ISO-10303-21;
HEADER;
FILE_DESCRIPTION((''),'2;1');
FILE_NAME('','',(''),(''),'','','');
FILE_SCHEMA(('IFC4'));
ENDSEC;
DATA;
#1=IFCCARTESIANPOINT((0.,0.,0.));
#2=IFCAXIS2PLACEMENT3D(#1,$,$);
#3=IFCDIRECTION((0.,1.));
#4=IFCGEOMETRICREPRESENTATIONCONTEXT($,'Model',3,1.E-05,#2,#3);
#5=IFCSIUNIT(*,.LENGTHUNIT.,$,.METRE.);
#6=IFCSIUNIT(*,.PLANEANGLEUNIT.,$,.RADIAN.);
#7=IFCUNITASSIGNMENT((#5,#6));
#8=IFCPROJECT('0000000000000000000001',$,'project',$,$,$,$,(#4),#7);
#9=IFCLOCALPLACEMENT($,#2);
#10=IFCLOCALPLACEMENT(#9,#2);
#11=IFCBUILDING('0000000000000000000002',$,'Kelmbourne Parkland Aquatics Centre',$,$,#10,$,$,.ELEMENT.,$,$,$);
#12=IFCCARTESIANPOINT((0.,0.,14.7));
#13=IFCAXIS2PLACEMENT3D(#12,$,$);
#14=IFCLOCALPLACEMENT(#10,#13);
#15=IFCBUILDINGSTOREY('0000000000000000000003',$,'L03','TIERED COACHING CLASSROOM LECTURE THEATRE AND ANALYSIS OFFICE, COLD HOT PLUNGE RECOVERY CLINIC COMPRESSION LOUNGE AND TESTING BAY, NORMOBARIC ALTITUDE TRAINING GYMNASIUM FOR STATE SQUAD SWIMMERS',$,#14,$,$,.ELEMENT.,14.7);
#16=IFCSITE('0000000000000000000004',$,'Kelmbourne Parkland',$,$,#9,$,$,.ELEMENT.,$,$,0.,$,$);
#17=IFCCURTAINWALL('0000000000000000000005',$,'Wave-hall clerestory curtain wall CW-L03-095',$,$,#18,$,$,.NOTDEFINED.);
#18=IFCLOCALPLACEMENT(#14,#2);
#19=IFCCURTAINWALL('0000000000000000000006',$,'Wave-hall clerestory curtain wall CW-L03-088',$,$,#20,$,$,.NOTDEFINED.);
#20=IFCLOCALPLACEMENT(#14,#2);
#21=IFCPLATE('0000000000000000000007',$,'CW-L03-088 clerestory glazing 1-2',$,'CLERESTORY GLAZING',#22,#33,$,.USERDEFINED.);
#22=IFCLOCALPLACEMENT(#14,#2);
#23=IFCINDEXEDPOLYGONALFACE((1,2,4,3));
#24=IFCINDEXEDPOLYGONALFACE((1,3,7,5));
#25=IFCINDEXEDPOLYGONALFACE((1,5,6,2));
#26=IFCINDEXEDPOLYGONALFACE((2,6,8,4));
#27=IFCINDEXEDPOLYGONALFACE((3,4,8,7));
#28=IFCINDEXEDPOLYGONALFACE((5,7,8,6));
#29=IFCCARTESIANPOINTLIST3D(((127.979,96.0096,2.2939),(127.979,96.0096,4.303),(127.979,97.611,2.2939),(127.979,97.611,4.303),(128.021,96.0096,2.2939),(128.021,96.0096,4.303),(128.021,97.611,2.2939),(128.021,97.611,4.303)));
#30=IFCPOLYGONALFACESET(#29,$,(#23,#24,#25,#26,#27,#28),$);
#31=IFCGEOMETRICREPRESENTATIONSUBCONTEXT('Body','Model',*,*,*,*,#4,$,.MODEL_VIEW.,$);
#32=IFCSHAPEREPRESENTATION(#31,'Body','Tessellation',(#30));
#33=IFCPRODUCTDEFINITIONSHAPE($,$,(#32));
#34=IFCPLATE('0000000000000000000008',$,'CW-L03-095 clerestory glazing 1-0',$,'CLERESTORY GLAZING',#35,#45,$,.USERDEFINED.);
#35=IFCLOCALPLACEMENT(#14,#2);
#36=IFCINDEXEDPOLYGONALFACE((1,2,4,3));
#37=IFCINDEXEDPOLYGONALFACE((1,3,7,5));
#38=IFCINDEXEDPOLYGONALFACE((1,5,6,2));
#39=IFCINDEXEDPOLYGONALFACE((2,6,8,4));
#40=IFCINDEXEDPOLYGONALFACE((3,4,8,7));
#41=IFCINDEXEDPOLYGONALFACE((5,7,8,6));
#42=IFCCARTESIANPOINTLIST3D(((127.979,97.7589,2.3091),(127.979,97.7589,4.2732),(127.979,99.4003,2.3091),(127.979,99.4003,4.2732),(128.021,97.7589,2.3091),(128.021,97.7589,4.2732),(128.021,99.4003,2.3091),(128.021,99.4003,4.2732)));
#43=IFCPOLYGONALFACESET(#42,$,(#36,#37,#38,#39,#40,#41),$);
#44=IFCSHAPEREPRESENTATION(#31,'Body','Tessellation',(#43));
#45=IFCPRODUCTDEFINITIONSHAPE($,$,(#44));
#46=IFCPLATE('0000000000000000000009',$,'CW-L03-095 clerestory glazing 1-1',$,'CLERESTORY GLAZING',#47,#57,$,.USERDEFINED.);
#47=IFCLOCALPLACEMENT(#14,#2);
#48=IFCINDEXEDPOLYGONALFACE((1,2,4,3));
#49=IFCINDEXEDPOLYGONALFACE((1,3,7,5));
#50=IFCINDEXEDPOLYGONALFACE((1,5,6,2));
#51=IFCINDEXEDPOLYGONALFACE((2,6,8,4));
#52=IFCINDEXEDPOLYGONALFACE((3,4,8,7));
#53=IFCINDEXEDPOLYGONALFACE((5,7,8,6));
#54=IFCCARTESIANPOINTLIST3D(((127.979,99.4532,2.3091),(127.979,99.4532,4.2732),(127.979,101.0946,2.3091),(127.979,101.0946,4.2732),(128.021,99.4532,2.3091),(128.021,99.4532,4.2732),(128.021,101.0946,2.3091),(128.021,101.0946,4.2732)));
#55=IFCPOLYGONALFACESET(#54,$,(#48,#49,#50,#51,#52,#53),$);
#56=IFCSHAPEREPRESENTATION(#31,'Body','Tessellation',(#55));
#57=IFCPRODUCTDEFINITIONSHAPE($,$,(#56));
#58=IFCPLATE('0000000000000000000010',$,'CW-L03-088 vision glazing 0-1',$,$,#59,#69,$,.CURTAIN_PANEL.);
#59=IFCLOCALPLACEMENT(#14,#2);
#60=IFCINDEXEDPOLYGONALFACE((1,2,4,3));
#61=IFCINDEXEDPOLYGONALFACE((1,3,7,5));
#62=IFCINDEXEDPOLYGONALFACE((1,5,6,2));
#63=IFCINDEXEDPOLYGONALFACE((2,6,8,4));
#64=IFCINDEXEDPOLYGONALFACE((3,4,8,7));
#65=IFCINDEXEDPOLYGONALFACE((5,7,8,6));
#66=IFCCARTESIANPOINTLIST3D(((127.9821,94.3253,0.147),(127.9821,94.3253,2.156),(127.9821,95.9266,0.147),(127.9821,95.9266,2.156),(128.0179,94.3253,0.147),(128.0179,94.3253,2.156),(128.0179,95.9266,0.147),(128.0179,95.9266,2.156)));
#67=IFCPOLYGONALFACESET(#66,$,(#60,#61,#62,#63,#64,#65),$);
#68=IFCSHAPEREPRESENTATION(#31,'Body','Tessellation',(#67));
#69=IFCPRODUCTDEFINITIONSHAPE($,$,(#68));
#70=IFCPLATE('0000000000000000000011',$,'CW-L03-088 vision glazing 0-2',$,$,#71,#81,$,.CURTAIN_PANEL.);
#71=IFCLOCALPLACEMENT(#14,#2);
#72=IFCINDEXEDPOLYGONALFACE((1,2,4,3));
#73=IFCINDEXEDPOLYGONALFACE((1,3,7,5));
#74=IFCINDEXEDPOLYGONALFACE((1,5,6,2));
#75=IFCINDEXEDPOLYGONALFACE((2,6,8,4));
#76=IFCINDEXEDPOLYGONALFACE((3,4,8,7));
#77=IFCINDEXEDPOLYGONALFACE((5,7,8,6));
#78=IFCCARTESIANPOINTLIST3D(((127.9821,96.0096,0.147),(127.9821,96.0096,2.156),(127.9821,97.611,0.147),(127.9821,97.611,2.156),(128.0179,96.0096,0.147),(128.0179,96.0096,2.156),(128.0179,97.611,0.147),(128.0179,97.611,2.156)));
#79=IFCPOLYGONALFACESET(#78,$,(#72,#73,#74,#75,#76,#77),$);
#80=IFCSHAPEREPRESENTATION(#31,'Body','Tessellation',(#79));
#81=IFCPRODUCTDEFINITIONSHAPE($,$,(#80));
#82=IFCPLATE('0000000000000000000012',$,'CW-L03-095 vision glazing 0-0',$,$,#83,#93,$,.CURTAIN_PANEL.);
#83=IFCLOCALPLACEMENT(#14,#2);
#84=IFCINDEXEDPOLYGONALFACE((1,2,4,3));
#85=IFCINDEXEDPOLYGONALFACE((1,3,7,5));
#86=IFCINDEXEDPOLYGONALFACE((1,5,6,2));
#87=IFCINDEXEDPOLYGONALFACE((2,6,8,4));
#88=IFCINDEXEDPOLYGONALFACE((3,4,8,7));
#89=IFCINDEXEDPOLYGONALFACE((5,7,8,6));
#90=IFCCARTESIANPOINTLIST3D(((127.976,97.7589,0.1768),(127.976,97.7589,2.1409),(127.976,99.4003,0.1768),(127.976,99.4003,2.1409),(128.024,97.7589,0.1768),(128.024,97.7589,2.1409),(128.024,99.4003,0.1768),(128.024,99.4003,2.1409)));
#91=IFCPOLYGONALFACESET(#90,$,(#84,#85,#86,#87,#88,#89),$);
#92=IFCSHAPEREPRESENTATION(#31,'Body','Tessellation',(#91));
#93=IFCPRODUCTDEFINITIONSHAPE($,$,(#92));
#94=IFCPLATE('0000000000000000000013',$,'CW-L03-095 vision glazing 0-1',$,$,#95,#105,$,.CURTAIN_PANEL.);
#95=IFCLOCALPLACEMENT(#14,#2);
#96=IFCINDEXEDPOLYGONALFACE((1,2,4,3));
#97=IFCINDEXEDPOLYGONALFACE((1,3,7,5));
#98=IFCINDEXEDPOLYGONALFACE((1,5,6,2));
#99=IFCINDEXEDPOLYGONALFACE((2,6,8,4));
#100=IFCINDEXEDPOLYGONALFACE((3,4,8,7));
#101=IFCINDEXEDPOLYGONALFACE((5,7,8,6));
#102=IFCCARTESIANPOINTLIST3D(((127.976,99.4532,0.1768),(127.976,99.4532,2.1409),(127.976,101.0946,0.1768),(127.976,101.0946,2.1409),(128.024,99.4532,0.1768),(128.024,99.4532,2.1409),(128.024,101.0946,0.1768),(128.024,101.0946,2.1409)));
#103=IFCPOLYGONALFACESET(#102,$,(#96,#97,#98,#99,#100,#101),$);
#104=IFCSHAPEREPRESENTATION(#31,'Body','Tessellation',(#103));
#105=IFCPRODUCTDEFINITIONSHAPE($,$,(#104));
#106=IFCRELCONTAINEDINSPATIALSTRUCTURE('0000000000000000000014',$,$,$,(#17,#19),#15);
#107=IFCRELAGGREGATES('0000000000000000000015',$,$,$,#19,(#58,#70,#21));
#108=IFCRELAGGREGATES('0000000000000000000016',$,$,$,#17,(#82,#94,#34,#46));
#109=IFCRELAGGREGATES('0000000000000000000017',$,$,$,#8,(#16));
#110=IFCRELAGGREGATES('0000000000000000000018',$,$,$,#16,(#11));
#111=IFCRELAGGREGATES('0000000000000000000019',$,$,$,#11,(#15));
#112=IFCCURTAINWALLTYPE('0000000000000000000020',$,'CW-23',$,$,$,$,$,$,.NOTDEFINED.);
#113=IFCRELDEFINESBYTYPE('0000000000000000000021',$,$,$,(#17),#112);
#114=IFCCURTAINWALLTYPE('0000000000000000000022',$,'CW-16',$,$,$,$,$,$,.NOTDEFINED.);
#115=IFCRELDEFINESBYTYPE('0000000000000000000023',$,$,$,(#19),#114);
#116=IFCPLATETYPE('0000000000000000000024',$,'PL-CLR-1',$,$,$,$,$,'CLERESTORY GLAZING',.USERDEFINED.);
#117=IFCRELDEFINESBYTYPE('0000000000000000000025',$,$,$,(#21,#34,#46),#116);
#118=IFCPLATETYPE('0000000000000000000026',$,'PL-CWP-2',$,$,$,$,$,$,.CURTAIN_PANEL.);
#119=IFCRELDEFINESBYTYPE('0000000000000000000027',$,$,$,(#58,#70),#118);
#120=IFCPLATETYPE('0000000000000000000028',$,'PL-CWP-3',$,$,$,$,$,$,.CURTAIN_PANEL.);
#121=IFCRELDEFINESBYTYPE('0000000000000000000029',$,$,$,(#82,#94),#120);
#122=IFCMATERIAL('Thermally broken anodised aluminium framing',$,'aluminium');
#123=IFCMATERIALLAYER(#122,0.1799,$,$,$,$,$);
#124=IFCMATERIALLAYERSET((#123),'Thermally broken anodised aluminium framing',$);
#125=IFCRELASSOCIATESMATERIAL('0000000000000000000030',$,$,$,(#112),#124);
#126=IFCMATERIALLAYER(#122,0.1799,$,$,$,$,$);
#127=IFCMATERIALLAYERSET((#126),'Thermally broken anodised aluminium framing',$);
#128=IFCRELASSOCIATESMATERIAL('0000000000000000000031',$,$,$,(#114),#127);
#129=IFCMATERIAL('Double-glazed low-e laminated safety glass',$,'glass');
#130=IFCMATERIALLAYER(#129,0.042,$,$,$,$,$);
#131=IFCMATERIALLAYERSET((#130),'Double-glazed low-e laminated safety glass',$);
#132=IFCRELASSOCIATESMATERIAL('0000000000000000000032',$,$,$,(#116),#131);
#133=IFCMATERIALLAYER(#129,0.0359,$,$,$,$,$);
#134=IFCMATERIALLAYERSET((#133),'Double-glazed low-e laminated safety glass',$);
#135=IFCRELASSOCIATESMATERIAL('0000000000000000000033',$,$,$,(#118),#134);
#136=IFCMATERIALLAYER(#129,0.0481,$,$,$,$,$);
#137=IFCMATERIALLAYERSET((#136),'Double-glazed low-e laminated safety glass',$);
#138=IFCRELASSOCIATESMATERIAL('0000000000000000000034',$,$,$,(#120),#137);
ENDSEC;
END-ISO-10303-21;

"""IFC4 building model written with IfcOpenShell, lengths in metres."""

from ifc_helpers import new_model, si_unit, direction, frame, origin, origin_2d, place, context, subcontext, project, spatial, rectangle, extrude, material, layer, layer_set, type_object, element, aggregate, save


model = new_model("IFC4")

# Units and contexts
model_context = context("Model", 3, precision=1e-05, world=origin(), true_north=direction((0.0, 1.0)))
body_context = subcontext(model_context, "Body", "Model", "MODEL_VIEW")
ifc_project = project(units=[si_unit("LENGTHUNIT", "METRE"), si_unit("PLANEANGLEUNIT", "RADIAN")], contexts=[model_context])

# Site, building, storey
site_placement = place(None, origin())
site = spatial("IfcSite", under=ifc_project, at=site_placement, Name="Kelmbourne Parkland", CompositionType="ELEMENT", RefElevation=0.0)
building_placement = place(site_placement, origin())
building = spatial("IfcBuilding", under=site, at=building_placement, Name="Kelmbourne Parkland Aquatics Centre", CompositionType="ELEMENT")
storey_placement = place(building_placement, frame((0.0, 0.0, 14.7)))
storey = spatial("IfcBuildingStorey", under=building, at=storey_placement, Name="L03", Description="TIERED COACHING CLASSROOM LECTURE THEATRE AND ANALYSIS OFFICE, COLD HOT PLUNGE RECOVERY CLINIC COMPRESSION LOUNGE AND TESTING BAY, NORMOBARIC ALTITUDE TRAINING GYMNASIUM FOR STATE SQUAD SWIMMERS", CompositionType="ELEMENT", Elevation=14.7)

# Curtain wall
ifc_material_1 = material(Name="Thermally broken anodised aluminium framing", Category="aluminium")
ifc_layer_1 = layer(ifc_material_1, 0.1799)
ifc_layer_set_1 = layer_set([ifc_layer_1], Name="Thermally broken anodised aluminium framing")
curtain_wall_type_1 = type_object("IfcCurtainWallType", Name="CW-23", PredefinedType="NOTDEFINED", material=ifc_layer_set_1)
curtain_wall_1_placement = place(storey_placement, origin())
curtain_wall_1 = element("IfcCurtainWall", 1, at=curtain_wall_1_placement, inside=storey, type_object=curtain_wall_type_1, Name="Wave-hall clerestory curtain wall CW-L03-095", PredefinedType="NOTDEFINED")

# Curtain wall, plate
ifc_layer_2 = layer(ifc_material_1, 0.1799)
ifc_layer_set_2 = layer_set([ifc_layer_2], Name="Thermally broken anodised aluminium framing")
curtain_wall_type_2 = type_object("IfcCurtainWallType", Name="CW-16", PredefinedType="NOTDEFINED", material=ifc_layer_set_2)
curtain_wall_2_placement = place(storey_placement, origin())
curtain_wall_2 = element("IfcCurtainWall", 2, at=curtain_wall_2_placement, inside=storey, type_object=curtain_wall_type_2, Name="Wave-hall clerestory curtain wall CW-L03-088", PredefinedType="NOTDEFINED")
ifc_material_2 = material(Name="Double-glazed low-e laminated safety glass", Category="glass")
ifc_layer_3 = layer(ifc_material_2, 0.042)
ifc_layer_set_3 = layer_set([ifc_layer_3], Name="Double-glazed low-e laminated safety glass")
plate_type_1 = type_object("IfcPlateType", Name="PL-CLR-1", ElementType="CLERESTORY GLAZING", PredefinedType="USERDEFINED", material=ifc_layer_set_3)
plate_1_placement = place(storey_placement, frame((128.0, 96.8103, 2.2939), z_axis=(0.0, 0.0, 1.0), x_axis=(0.0, 1.0, 0.0)))
plate_1 = element("IfcPlate", 3, at=plate_1_placement, type_object=plate_type_1, Name="CW-L03-088 clerestory glazing 1-2", ObjectType="CLERESTORY GLAZING", PredefinedType="USERDEFINED", context=body_context, shape_type="SweptSolid", body=[
    extrude(rectangle(XDim=1.6013, YDim=0.042, at=origin_2d()), origin(), (0.0, 0.0, 1.0), 2.009),
])

# Plates
plate_2_placement = place(storey_placement, frame((128.0, 98.5796, 2.3091), z_axis=(0.0, 0.0, 1.0), x_axis=(0.0, 1.0, 0.0)))
plate_2 = element("IfcPlate", 4, at=plate_2_placement, type_object=plate_type_1, Name="CW-L03-095 clerestory glazing 1-0", ObjectType="CLERESTORY GLAZING", PredefinedType="USERDEFINED", context=body_context, shape_type="SweptSolid", body=[
    extrude(rectangle(XDim=1.6414, YDim=0.042, at=origin_2d()), origin(), (0.0, 0.0, 1.0), 1.9641),
])
plate_3_placement = place(storey_placement, frame((128.0, 100.2739, 2.3091), z_axis=(0.0, 0.0, 1.0), x_axis=(0.0, 1.0, 0.0)))
plate_3 = element("IfcPlate", 5, at=plate_3_placement, type_object=plate_type_1, Name="CW-L03-095 clerestory glazing 1-1", ObjectType="CLERESTORY GLAZING", PredefinedType="USERDEFINED", context=body_context, shape_type="SweptSolid", body=[
    extrude(rectangle(XDim=1.6414, YDim=0.042, at=origin_2d()), origin(), (0.0, 0.0, 1.0), 1.9641),
])
ifc_layer_4 = layer(ifc_material_2, 0.0359)
ifc_layer_set_4 = layer_set([ifc_layer_4], Name="Double-glazed low-e laminated safety glass")
plate_type_2 = type_object("IfcPlateType", Name="PL-CWP-2", PredefinedType="CURTAIN_PANEL", material=ifc_layer_set_4)
plate_4_placement = place(storey_placement, frame((128.0, 95.126, 0.147), z_axis=(0.0, 0.0, 1.0), x_axis=(0.0, 1.0, 0.0)))
plate_4 = element("IfcPlate", 6, at=plate_4_placement, type_object=plate_type_2, Name="CW-L03-088 vision glazing 0-1", PredefinedType="CURTAIN_PANEL", context=body_context, shape_type="SweptSolid", body=[
    extrude(rectangle(XDim=1.6013, YDim=0.0359, at=origin_2d()), origin(), (0.0, 0.0, 1.0), 2.009),
])
plate_5_placement = place(storey_placement, frame((128.0, 96.8103, 0.147), z_axis=(0.0, 0.0, 1.0), x_axis=(0.0, 1.0, 0.0)))
plate_5 = element("IfcPlate", 7, at=plate_5_placement, type_object=plate_type_2, Name="CW-L03-088 vision glazing 0-2", PredefinedType="CURTAIN_PANEL", context=body_context, shape_type="SweptSolid", body=[
    extrude(rectangle(XDim=1.6013, YDim=0.0359, at=origin_2d()), origin(), (0.0, 0.0, 1.0), 2.009),
])
aggregate(curtain_wall_2, [plate_4, plate_5, plate_1])
ifc_layer_5 = layer(ifc_material_2, 0.0481)
ifc_layer_set_5 = layer_set([ifc_layer_5], Name="Double-glazed low-e laminated safety glass")
plate_type_3 = type_object("IfcPlateType", Name="PL-CWP-3", PredefinedType="CURTAIN_PANEL", material=ifc_layer_set_5)
plate_6_placement = place(storey_placement, frame((128.0, 98.5796, 0.1768), z_axis=(0.0, 0.0, 1.0), x_axis=(0.0, 1.0, 0.0)))
plate_6 = element("IfcPlate", 8, at=plate_6_placement, type_object=plate_type_3, Name="CW-L03-095 vision glazing 0-0", PredefinedType="CURTAIN_PANEL", context=body_context, shape_type="SweptSolid", body=[
    extrude(rectangle(XDim=1.6414, YDim=0.0481, at=origin_2d()), origin(), (0.0, 0.0, 1.0), 1.9641),
])
plate_7_placement = place(storey_placement, frame((128.0, 100.2739, 0.1768), z_axis=(0.0, 0.0, 1.0), x_axis=(0.0, 1.0, 0.0)))
plate_7 = element("IfcPlate", 9, at=plate_7_placement, type_object=plate_type_3, Name="CW-L03-095 vision glazing 0-1", PredefinedType="CURTAIN_PANEL", context=body_context, shape_type="SweptSolid", body=[
    extrude(rectangle(XDim=1.6414, YDim=0.0481, at=origin_2d()), origin(), (0.0, 0.0, 1.0), 1.9641),
])
aggregate(curtain_wall_1, [plate_6, plate_7, plate_2, plate_3])

save(model, "model.ifc")
